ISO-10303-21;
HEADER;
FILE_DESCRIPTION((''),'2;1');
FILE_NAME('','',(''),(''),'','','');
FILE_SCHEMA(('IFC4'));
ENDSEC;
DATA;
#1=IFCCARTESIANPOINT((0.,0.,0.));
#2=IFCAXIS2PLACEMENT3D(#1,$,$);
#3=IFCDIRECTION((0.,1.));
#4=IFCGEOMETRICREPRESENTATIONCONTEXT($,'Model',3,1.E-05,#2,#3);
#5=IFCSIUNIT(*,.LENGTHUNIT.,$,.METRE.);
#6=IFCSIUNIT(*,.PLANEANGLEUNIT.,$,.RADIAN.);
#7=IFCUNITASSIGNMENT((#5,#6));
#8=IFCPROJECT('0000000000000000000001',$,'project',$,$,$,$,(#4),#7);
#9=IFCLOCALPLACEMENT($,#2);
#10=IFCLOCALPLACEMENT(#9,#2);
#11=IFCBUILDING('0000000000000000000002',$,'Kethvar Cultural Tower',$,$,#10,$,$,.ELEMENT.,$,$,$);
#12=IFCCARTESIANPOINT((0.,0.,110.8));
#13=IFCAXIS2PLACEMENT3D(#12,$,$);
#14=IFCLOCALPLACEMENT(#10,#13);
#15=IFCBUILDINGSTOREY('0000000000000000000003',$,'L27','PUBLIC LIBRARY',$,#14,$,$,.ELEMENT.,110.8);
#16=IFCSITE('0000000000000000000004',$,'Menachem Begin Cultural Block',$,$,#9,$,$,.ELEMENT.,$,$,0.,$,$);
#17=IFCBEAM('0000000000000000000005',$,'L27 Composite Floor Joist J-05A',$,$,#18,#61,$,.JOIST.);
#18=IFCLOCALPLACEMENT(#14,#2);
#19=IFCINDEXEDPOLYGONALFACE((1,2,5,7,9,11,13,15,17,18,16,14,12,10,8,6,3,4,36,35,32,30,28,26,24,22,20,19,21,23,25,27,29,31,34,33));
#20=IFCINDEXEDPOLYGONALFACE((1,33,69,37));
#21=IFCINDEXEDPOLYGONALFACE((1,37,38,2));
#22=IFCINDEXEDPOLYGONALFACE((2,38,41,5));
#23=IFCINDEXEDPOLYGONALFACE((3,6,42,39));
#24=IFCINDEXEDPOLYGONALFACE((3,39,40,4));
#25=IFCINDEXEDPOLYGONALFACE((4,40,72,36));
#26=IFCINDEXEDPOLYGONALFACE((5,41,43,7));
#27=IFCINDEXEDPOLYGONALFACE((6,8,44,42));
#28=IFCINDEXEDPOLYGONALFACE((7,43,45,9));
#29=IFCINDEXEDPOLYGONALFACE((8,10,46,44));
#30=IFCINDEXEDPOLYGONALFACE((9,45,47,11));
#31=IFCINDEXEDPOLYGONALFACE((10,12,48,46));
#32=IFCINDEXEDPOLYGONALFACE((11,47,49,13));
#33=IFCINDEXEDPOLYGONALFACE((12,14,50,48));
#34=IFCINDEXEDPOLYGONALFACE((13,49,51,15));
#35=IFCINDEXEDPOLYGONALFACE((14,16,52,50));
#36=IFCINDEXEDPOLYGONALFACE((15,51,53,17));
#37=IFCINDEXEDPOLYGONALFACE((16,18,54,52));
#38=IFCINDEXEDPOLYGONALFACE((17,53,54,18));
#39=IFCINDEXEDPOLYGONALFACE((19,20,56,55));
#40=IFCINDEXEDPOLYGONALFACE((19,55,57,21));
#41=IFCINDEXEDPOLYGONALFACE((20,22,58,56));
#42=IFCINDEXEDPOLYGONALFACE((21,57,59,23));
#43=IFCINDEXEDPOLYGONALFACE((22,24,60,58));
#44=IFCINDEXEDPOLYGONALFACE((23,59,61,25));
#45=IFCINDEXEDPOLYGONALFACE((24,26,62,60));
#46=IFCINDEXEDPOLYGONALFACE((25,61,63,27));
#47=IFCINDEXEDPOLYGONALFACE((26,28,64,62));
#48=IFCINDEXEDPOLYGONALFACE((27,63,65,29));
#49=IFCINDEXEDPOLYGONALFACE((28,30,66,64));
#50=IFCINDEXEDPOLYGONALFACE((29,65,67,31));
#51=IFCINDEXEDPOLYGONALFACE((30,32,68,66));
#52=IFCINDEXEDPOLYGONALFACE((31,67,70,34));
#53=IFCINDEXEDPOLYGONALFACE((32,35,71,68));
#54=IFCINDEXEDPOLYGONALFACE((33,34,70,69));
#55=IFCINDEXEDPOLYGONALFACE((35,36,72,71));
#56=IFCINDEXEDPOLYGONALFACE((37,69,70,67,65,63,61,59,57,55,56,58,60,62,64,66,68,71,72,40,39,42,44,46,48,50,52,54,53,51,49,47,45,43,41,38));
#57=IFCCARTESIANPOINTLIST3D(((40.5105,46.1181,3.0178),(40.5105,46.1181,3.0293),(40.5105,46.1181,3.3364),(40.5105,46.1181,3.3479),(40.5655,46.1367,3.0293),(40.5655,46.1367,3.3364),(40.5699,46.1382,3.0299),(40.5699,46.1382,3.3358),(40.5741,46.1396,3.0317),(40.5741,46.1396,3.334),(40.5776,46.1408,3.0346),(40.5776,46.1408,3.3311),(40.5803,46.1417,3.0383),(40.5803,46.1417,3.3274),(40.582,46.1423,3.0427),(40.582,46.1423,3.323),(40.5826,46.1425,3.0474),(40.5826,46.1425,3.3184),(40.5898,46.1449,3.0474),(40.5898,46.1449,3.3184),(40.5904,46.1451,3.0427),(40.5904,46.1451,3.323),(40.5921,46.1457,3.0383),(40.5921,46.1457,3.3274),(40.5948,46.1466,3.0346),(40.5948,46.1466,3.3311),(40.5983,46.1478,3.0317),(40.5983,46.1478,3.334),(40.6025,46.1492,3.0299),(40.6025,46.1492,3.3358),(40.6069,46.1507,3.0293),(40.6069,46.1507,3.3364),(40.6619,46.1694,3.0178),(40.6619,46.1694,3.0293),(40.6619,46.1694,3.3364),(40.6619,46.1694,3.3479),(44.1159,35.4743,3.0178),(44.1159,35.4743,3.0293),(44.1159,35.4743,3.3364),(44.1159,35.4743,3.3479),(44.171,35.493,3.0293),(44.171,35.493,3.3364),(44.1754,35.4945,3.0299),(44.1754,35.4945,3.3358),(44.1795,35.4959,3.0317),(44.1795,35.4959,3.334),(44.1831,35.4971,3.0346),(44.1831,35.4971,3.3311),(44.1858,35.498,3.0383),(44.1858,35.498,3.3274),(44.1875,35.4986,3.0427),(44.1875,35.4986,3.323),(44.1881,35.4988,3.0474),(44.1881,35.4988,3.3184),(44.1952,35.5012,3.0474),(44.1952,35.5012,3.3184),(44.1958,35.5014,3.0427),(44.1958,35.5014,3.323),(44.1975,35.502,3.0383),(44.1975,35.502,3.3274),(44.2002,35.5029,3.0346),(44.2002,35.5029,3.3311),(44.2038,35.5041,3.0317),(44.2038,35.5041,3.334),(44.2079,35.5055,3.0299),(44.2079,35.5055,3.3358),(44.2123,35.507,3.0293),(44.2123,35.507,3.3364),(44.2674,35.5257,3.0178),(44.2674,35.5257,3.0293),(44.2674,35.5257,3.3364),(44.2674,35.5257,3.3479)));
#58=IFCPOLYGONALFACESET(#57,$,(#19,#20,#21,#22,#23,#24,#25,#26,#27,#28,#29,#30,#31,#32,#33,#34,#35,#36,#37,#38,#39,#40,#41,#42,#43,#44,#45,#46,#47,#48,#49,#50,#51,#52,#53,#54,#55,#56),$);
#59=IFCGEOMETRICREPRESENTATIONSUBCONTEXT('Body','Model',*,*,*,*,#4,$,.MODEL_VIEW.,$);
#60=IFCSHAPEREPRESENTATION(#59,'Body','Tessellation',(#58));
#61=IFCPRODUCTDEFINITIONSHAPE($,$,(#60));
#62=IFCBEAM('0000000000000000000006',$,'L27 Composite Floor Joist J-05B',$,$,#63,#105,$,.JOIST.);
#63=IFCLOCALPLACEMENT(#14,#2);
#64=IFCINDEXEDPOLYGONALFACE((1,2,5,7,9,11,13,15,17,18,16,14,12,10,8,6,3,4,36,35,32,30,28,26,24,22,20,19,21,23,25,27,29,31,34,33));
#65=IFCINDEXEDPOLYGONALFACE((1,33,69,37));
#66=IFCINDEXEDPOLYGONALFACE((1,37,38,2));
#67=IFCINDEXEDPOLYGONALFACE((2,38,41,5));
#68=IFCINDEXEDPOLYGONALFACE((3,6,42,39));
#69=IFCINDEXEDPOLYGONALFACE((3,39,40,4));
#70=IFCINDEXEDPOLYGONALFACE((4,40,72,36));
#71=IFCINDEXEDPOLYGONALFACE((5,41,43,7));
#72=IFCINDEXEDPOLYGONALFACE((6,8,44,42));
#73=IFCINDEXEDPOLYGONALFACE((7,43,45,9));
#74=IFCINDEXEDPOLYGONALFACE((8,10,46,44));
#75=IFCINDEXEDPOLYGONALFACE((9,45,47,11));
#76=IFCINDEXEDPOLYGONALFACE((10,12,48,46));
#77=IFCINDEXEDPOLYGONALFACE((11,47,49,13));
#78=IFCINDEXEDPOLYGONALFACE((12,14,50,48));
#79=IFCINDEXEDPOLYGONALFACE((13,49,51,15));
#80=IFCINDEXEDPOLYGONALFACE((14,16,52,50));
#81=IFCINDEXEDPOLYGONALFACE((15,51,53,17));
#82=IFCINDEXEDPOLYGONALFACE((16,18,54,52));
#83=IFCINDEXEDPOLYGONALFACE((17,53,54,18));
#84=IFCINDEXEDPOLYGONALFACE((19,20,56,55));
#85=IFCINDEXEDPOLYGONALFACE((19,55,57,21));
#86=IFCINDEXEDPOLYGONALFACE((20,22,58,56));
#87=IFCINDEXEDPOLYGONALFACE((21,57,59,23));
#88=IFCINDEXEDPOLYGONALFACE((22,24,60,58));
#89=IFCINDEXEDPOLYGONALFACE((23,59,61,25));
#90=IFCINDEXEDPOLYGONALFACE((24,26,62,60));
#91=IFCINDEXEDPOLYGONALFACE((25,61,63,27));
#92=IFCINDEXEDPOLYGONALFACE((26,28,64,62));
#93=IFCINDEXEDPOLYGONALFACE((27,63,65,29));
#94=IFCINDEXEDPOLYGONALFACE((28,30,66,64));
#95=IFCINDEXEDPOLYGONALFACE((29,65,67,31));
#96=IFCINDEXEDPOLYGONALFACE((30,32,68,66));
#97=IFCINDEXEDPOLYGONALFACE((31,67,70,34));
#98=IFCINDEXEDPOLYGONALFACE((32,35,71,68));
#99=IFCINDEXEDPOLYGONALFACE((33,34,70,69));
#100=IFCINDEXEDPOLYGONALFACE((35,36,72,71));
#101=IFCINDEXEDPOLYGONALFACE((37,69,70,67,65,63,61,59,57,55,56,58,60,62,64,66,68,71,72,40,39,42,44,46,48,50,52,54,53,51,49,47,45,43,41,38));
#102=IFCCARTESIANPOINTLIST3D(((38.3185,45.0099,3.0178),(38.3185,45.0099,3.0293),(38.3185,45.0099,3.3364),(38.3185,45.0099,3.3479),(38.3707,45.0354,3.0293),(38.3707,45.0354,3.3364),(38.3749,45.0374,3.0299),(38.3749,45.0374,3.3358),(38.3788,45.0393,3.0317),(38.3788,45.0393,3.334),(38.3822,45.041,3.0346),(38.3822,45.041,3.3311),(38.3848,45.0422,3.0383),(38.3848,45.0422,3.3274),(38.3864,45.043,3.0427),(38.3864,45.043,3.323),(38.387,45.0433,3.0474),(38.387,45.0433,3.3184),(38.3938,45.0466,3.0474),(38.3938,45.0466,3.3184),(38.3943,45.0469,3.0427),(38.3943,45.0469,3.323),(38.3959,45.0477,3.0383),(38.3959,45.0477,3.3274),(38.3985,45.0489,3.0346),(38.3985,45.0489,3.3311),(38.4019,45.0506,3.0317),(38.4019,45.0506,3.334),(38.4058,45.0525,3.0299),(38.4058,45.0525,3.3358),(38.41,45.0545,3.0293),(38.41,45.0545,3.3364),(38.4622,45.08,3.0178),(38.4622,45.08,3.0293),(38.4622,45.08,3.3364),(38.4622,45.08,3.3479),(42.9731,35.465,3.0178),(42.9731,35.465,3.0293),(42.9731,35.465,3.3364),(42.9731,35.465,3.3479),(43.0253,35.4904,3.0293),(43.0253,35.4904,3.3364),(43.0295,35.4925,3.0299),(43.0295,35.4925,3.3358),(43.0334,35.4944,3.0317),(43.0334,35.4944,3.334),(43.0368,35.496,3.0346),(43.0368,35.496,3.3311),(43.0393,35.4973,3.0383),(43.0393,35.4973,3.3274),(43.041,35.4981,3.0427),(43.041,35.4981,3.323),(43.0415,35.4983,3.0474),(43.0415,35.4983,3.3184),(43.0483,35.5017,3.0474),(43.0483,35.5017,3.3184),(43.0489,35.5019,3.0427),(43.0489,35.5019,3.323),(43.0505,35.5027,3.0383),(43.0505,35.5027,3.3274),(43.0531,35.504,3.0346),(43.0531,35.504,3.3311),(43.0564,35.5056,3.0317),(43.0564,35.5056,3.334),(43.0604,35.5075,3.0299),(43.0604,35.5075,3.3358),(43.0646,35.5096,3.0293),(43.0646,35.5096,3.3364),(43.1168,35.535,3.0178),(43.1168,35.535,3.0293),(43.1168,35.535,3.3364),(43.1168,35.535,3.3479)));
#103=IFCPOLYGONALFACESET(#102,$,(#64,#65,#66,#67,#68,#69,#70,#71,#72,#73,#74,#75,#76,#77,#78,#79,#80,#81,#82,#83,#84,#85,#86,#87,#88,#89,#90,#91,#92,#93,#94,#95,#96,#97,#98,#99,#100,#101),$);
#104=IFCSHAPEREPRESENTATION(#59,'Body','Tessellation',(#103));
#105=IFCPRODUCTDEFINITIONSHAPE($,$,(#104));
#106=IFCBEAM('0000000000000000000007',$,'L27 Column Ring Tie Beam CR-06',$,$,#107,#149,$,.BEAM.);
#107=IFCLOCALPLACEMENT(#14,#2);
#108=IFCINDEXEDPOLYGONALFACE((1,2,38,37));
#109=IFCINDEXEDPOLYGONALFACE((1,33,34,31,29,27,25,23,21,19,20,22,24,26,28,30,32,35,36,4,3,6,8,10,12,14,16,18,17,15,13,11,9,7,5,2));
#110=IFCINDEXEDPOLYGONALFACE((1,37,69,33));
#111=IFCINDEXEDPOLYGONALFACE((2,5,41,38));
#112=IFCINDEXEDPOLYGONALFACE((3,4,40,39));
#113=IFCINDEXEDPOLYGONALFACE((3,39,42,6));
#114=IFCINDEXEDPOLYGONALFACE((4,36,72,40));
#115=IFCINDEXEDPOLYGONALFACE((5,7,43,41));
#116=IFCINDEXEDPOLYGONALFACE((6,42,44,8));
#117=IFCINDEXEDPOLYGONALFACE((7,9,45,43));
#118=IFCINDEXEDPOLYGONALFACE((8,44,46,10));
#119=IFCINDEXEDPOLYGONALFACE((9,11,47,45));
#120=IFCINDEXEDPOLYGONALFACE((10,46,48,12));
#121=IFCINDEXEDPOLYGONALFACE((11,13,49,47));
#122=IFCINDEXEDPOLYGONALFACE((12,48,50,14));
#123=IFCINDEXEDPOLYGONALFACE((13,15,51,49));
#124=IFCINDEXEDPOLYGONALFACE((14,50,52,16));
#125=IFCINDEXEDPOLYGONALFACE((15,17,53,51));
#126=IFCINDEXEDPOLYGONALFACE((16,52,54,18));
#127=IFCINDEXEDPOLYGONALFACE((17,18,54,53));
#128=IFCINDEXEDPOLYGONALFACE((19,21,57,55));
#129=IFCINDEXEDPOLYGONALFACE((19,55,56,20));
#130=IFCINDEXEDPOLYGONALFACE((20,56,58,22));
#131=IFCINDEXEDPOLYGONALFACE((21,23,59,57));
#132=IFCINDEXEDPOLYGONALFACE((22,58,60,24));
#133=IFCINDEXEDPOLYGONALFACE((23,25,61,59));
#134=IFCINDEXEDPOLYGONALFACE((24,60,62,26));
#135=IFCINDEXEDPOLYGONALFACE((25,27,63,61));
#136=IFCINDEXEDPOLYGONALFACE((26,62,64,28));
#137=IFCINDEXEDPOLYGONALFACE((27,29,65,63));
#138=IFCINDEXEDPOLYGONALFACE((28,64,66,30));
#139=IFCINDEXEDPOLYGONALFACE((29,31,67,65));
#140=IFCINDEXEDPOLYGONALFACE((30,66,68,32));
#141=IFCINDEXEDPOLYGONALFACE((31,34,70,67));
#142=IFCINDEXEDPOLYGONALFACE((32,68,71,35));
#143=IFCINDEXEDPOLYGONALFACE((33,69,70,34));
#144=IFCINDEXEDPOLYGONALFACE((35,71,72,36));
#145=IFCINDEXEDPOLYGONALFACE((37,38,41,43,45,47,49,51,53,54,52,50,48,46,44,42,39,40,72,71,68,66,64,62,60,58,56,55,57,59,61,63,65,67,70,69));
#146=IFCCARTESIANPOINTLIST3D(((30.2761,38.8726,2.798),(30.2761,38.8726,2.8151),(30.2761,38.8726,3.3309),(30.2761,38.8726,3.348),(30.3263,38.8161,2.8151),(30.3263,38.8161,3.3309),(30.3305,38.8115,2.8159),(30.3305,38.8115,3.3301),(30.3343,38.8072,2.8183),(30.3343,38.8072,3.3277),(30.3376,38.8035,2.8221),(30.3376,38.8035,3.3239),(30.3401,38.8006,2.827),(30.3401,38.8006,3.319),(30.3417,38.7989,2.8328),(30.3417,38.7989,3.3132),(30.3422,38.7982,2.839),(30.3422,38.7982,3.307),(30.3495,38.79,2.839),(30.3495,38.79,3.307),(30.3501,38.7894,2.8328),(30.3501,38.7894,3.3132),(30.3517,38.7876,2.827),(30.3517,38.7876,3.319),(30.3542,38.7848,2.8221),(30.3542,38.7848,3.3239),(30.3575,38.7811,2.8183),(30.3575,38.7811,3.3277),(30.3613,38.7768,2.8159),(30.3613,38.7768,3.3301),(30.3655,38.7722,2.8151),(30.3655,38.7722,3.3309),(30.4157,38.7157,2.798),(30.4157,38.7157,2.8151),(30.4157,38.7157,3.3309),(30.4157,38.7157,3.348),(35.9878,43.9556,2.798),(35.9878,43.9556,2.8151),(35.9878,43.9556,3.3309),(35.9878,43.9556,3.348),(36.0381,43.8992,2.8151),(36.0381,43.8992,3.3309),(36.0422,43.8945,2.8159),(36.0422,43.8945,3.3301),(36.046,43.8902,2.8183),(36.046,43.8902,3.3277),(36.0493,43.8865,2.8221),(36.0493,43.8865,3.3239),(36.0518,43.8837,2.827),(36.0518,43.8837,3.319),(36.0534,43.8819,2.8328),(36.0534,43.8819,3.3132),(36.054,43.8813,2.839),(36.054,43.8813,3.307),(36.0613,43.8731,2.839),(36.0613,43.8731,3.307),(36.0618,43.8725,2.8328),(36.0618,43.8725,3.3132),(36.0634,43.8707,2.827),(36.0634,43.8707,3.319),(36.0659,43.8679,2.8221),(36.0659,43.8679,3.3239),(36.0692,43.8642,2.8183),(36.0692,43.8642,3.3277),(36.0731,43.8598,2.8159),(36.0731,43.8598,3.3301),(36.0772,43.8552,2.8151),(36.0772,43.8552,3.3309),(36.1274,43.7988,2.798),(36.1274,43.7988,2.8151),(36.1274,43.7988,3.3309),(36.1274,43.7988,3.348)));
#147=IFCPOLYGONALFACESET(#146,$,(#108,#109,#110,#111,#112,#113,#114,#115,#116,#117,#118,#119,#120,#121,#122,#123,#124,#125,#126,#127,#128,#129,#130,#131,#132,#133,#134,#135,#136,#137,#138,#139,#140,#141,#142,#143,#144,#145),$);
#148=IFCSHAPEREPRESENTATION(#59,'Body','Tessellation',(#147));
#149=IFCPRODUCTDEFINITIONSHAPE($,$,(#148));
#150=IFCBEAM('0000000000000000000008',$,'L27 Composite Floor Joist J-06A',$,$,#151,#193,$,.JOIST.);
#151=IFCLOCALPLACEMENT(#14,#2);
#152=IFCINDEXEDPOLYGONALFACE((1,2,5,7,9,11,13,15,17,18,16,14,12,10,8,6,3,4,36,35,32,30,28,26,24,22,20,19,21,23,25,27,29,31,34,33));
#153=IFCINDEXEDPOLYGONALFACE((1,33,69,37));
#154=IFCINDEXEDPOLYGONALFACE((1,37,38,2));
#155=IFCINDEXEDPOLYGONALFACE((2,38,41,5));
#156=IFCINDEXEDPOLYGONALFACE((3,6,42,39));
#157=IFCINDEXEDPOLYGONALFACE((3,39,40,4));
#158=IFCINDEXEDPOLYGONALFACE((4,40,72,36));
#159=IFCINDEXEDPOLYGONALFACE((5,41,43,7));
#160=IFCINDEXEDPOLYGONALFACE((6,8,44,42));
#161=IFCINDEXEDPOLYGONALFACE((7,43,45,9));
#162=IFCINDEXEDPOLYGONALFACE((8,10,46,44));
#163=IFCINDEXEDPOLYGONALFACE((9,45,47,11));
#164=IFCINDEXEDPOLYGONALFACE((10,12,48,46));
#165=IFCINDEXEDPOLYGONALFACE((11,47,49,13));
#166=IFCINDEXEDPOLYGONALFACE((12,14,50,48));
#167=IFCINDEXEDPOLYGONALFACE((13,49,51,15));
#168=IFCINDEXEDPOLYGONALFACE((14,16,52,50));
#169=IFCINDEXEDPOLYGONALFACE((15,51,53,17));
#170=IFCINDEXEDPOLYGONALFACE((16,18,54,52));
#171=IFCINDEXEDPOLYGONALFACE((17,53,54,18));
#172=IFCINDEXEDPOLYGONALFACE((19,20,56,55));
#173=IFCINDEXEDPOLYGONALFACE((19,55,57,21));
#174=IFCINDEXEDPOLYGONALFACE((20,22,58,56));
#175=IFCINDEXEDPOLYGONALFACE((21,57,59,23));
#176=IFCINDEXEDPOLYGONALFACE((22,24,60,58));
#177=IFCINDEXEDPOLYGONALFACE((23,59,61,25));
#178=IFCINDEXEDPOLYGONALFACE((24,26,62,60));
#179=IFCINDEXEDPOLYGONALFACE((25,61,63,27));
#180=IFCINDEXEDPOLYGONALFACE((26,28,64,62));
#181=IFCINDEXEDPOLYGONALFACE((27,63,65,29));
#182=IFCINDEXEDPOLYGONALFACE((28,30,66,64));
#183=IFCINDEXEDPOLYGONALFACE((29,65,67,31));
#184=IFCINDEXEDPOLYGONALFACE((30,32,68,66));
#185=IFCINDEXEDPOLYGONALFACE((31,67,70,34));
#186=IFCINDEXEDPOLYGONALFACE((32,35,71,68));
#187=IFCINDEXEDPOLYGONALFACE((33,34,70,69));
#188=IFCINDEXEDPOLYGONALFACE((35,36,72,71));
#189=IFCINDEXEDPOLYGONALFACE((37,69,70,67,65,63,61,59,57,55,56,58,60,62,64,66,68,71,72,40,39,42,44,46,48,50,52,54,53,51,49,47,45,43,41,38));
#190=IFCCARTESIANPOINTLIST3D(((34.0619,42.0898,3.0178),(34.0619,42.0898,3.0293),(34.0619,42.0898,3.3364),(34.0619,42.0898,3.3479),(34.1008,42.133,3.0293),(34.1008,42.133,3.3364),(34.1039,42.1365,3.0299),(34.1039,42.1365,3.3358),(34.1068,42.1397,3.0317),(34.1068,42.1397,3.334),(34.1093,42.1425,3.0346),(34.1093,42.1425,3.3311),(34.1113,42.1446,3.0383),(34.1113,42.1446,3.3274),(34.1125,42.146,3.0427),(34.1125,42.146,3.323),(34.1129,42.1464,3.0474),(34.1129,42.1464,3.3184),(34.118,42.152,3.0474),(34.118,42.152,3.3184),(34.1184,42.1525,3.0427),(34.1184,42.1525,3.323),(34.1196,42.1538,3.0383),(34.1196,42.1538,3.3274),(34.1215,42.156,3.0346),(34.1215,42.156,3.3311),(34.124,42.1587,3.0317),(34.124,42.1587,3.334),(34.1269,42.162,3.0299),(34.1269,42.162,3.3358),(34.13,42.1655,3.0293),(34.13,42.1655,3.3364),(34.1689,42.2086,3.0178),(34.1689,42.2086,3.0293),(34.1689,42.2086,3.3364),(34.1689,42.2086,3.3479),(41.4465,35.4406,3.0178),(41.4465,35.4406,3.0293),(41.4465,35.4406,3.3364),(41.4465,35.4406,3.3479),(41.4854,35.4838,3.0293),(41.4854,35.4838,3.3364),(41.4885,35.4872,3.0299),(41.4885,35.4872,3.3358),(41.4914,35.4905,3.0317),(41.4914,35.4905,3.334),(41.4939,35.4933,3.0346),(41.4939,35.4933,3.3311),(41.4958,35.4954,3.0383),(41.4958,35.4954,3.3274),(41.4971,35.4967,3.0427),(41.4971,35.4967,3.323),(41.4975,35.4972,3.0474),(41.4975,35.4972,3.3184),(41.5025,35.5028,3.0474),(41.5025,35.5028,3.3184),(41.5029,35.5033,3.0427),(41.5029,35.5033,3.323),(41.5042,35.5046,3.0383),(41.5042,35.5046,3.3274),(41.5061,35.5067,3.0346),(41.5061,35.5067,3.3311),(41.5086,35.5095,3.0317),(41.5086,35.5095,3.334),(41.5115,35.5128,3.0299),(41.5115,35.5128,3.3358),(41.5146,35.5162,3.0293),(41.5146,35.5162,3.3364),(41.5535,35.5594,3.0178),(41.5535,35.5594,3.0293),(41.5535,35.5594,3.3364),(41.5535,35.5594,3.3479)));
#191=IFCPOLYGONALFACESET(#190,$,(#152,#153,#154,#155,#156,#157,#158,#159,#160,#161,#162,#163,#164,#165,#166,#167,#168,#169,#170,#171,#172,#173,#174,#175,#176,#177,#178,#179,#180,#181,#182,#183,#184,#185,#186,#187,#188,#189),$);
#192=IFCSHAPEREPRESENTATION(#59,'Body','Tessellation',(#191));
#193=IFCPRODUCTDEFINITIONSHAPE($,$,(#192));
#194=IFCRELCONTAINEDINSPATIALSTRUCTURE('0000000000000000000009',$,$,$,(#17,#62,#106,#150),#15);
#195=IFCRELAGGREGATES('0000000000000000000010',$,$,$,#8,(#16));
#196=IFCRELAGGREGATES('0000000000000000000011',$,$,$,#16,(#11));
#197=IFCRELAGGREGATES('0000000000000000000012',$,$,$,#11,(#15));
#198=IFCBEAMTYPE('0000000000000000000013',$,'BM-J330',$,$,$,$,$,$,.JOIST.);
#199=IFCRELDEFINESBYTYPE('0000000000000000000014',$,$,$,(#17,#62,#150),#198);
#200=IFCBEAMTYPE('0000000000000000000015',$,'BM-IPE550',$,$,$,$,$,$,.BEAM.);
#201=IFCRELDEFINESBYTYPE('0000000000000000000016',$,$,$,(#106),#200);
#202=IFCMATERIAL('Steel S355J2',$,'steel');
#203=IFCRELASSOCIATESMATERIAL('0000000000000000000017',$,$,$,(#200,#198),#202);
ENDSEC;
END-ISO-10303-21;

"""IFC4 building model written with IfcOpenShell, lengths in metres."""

from ifc_helpers import new_model, si_unit, direction, frame, origin, origin_2d, place, context, subcontext, project, spatial, i_section, extrude, source, transform, mapped, material, material_profile, profile_set, type_object, element, save


model = new_model("IFC4")

# Units and contexts
model_context = context("Model", 3, precision=1e-05, world=origin(), true_north=direction((0.0, 1.0)))
body_context = subcontext(model_context, "Body", "Model", "MODEL_VIEW")
ifc_project = project(units=[si_unit("LENGTHUNIT", "METRE"), si_unit("PLANEANGLEUNIT", "RADIAN")], contexts=[model_context])

# Site, building, storey
site_placement = place(None, origin())
site = spatial("IfcSite", under=ifc_project, at=site_placement, Name="Menachem Begin Cultural Block", CompositionType="ELEMENT", RefElevation=0.0)
building_placement = place(site_placement, origin())
building = spatial("IfcBuilding", under=site, at=building_placement, Name="Kethvar Cultural Tower", CompositionType="ELEMENT")
storey_placement = place(building_placement, frame((0.0, 0.0, 110.8)))
storey = spatial("IfcBuildingStorey", under=building, at=storey_placement, Name="L27", Description="PUBLIC LIBRARY", CompositionType="ELEMENT", Elevation=110.8)

# Beams
ifc_material_1 = material(Name="Steel S355J2", Category="steel")
ifc_material_profile_1 = material_profile(ifc_material_1, i_section(OverallWidth=0.21, OverallDepth=0.55, WebThickness=0.011, FlangeThickness=0.0171, FilletRadius=0.0239, at=origin_2d()), Name="Steel S355J2 — IPE550")
ifc_profile_set_1 = profile_set([ifc_material_profile_1], Name="Steel S355J2 — IPE550")
beam_type_1 = type_object("IfcBeamType", Name="BM-IPE550", PredefinedType="BEAM", material=ifc_profile_set_1)
ifc_material_profile_2 = material_profile(ifc_material_1, i_section(OverallWidth=0.1599, OverallDepth=0.3301, WebThickness=0.0076, FlangeThickness=0.0115, FilletRadius=0.0181, at=origin_2d()), Name="Steel S355J2 — IPE330")
ifc_profile_set_2 = profile_set([ifc_material_profile_2], Name="Steel S355J2 — IPE330")
beam_type_2 = type_object("IfcBeamType", Name="BM-J330", PredefinedType="JOIST", material=ifc_profile_set_2)
shared_shape_1 = source(origin(), body_context, "Body", "SweptSolid", [
    extrude(i_section(OverallWidth=0.1599, OverallDepth=0.3301, WebThickness=0.0076, FlangeThickness=0.0115, FilletRadius=0.0181, at=origin_2d()), origin(), (0.0, 0.0, 1.0), 11.2378),
])
beam_1_placement = place(storey_placement, frame((44.1917, 35.5, 3.1829), z_axis=(-0.320832, 0.947136, 0.0), x_axis=(-0.947136, -0.320832, 0.0)))
element("IfcBeam", 1, at=beam_1_placement, inside=storey, type_object=beam_type_2, Name="L27 Composite Floor Joist J-05A", PredefinedType="JOIST", context=body_context, shape_type="MappedRepresentation", body=[
    mapped(shared_shape_1, transform((0.0, 0.0, 0.0), scale=1.0)),
])
shared_shape_2 = source(origin(), body_context, "Body", "SweptSolid", [
    extrude(i_section(OverallWidth=0.1599, OverallDepth=0.3301, WebThickness=0.0076, FlangeThickness=0.0115, FilletRadius=0.0181, at=origin_2d()), origin(), (0.0, 0.0, 1.0), 10.6194),
])
beam_2_placement = place(storey_placement, frame((43.0449, 35.5, 3.1829), z_axis=(-0.438308, 0.898825, 0.0), x_axis=(-0.898825, -0.438308, 0.0)))
element("IfcBeam", 2, at=beam_2_placement, inside=storey, type_object=beam_type_2, Name="L27 Composite Floor Joist J-05B", PredefinedType="JOIST", context=body_context, shape_type="MappedRepresentation", body=[
    mapped(shared_shape_2, transform((0.0, 0.0, 0.0), scale=1.0)),
])
shared_shape_3 = source(origin(), body_context, "Body", "SweptSolid", [
    extrude(i_section(OverallWidth=0.21, OverallDepth=0.55, WebThickness=0.011, FlangeThickness=0.0171, FilletRadius=0.0239, at=origin_2d()), origin(), (0.0, 0.0, 1.0), 7.646),
])
beam_3_placement = place(storey_placement, frame((36.0576, 43.8772, 3.073), z_axis=(-0.747022, -0.6648, 0.0), x_axis=(0.6648, -0.747022, 0.0)))
element("IfcBeam", 3, at=beam_3_placement, inside=storey, type_object=beam_type_1, Name="L27 Column Ring Tie Beam CR-06", PredefinedType="BEAM", context=body_context, shape_type="MappedRepresentation", body=[
    mapped(shared_shape_3, transform((0.0, 0.0, 0.0), scale=1.0)),
])
shared_shape_4 = source(origin(), body_context, "Body", "SweptSolid", [
    extrude(i_section(OverallWidth=0.1599, OverallDepth=0.3301, WebThickness=0.0076, FlangeThickness=0.0115, FilletRadius=0.0181, at=origin_2d()), origin(), (0.0, 0.0, 1.0), 9.937),
])
beam_4_placement = place(storey_placement, frame((41.5, 35.5, 3.1829), z_axis=(-0.743139, 0.669137, 0.0), x_axis=(-0.669137, -0.743139, 0.0)))
element("IfcBeam", 4, at=beam_4_placement, inside=storey, type_object=beam_type_2, Name="L27 Composite Floor Joist J-06A", PredefinedType="JOIST", context=body_context, shape_type="MappedRepresentation", body=[
    mapped(shared_shape_4, transform((0.0, 0.0, 0.0), scale=1.0)),
])

save(model, "model.ifc")
